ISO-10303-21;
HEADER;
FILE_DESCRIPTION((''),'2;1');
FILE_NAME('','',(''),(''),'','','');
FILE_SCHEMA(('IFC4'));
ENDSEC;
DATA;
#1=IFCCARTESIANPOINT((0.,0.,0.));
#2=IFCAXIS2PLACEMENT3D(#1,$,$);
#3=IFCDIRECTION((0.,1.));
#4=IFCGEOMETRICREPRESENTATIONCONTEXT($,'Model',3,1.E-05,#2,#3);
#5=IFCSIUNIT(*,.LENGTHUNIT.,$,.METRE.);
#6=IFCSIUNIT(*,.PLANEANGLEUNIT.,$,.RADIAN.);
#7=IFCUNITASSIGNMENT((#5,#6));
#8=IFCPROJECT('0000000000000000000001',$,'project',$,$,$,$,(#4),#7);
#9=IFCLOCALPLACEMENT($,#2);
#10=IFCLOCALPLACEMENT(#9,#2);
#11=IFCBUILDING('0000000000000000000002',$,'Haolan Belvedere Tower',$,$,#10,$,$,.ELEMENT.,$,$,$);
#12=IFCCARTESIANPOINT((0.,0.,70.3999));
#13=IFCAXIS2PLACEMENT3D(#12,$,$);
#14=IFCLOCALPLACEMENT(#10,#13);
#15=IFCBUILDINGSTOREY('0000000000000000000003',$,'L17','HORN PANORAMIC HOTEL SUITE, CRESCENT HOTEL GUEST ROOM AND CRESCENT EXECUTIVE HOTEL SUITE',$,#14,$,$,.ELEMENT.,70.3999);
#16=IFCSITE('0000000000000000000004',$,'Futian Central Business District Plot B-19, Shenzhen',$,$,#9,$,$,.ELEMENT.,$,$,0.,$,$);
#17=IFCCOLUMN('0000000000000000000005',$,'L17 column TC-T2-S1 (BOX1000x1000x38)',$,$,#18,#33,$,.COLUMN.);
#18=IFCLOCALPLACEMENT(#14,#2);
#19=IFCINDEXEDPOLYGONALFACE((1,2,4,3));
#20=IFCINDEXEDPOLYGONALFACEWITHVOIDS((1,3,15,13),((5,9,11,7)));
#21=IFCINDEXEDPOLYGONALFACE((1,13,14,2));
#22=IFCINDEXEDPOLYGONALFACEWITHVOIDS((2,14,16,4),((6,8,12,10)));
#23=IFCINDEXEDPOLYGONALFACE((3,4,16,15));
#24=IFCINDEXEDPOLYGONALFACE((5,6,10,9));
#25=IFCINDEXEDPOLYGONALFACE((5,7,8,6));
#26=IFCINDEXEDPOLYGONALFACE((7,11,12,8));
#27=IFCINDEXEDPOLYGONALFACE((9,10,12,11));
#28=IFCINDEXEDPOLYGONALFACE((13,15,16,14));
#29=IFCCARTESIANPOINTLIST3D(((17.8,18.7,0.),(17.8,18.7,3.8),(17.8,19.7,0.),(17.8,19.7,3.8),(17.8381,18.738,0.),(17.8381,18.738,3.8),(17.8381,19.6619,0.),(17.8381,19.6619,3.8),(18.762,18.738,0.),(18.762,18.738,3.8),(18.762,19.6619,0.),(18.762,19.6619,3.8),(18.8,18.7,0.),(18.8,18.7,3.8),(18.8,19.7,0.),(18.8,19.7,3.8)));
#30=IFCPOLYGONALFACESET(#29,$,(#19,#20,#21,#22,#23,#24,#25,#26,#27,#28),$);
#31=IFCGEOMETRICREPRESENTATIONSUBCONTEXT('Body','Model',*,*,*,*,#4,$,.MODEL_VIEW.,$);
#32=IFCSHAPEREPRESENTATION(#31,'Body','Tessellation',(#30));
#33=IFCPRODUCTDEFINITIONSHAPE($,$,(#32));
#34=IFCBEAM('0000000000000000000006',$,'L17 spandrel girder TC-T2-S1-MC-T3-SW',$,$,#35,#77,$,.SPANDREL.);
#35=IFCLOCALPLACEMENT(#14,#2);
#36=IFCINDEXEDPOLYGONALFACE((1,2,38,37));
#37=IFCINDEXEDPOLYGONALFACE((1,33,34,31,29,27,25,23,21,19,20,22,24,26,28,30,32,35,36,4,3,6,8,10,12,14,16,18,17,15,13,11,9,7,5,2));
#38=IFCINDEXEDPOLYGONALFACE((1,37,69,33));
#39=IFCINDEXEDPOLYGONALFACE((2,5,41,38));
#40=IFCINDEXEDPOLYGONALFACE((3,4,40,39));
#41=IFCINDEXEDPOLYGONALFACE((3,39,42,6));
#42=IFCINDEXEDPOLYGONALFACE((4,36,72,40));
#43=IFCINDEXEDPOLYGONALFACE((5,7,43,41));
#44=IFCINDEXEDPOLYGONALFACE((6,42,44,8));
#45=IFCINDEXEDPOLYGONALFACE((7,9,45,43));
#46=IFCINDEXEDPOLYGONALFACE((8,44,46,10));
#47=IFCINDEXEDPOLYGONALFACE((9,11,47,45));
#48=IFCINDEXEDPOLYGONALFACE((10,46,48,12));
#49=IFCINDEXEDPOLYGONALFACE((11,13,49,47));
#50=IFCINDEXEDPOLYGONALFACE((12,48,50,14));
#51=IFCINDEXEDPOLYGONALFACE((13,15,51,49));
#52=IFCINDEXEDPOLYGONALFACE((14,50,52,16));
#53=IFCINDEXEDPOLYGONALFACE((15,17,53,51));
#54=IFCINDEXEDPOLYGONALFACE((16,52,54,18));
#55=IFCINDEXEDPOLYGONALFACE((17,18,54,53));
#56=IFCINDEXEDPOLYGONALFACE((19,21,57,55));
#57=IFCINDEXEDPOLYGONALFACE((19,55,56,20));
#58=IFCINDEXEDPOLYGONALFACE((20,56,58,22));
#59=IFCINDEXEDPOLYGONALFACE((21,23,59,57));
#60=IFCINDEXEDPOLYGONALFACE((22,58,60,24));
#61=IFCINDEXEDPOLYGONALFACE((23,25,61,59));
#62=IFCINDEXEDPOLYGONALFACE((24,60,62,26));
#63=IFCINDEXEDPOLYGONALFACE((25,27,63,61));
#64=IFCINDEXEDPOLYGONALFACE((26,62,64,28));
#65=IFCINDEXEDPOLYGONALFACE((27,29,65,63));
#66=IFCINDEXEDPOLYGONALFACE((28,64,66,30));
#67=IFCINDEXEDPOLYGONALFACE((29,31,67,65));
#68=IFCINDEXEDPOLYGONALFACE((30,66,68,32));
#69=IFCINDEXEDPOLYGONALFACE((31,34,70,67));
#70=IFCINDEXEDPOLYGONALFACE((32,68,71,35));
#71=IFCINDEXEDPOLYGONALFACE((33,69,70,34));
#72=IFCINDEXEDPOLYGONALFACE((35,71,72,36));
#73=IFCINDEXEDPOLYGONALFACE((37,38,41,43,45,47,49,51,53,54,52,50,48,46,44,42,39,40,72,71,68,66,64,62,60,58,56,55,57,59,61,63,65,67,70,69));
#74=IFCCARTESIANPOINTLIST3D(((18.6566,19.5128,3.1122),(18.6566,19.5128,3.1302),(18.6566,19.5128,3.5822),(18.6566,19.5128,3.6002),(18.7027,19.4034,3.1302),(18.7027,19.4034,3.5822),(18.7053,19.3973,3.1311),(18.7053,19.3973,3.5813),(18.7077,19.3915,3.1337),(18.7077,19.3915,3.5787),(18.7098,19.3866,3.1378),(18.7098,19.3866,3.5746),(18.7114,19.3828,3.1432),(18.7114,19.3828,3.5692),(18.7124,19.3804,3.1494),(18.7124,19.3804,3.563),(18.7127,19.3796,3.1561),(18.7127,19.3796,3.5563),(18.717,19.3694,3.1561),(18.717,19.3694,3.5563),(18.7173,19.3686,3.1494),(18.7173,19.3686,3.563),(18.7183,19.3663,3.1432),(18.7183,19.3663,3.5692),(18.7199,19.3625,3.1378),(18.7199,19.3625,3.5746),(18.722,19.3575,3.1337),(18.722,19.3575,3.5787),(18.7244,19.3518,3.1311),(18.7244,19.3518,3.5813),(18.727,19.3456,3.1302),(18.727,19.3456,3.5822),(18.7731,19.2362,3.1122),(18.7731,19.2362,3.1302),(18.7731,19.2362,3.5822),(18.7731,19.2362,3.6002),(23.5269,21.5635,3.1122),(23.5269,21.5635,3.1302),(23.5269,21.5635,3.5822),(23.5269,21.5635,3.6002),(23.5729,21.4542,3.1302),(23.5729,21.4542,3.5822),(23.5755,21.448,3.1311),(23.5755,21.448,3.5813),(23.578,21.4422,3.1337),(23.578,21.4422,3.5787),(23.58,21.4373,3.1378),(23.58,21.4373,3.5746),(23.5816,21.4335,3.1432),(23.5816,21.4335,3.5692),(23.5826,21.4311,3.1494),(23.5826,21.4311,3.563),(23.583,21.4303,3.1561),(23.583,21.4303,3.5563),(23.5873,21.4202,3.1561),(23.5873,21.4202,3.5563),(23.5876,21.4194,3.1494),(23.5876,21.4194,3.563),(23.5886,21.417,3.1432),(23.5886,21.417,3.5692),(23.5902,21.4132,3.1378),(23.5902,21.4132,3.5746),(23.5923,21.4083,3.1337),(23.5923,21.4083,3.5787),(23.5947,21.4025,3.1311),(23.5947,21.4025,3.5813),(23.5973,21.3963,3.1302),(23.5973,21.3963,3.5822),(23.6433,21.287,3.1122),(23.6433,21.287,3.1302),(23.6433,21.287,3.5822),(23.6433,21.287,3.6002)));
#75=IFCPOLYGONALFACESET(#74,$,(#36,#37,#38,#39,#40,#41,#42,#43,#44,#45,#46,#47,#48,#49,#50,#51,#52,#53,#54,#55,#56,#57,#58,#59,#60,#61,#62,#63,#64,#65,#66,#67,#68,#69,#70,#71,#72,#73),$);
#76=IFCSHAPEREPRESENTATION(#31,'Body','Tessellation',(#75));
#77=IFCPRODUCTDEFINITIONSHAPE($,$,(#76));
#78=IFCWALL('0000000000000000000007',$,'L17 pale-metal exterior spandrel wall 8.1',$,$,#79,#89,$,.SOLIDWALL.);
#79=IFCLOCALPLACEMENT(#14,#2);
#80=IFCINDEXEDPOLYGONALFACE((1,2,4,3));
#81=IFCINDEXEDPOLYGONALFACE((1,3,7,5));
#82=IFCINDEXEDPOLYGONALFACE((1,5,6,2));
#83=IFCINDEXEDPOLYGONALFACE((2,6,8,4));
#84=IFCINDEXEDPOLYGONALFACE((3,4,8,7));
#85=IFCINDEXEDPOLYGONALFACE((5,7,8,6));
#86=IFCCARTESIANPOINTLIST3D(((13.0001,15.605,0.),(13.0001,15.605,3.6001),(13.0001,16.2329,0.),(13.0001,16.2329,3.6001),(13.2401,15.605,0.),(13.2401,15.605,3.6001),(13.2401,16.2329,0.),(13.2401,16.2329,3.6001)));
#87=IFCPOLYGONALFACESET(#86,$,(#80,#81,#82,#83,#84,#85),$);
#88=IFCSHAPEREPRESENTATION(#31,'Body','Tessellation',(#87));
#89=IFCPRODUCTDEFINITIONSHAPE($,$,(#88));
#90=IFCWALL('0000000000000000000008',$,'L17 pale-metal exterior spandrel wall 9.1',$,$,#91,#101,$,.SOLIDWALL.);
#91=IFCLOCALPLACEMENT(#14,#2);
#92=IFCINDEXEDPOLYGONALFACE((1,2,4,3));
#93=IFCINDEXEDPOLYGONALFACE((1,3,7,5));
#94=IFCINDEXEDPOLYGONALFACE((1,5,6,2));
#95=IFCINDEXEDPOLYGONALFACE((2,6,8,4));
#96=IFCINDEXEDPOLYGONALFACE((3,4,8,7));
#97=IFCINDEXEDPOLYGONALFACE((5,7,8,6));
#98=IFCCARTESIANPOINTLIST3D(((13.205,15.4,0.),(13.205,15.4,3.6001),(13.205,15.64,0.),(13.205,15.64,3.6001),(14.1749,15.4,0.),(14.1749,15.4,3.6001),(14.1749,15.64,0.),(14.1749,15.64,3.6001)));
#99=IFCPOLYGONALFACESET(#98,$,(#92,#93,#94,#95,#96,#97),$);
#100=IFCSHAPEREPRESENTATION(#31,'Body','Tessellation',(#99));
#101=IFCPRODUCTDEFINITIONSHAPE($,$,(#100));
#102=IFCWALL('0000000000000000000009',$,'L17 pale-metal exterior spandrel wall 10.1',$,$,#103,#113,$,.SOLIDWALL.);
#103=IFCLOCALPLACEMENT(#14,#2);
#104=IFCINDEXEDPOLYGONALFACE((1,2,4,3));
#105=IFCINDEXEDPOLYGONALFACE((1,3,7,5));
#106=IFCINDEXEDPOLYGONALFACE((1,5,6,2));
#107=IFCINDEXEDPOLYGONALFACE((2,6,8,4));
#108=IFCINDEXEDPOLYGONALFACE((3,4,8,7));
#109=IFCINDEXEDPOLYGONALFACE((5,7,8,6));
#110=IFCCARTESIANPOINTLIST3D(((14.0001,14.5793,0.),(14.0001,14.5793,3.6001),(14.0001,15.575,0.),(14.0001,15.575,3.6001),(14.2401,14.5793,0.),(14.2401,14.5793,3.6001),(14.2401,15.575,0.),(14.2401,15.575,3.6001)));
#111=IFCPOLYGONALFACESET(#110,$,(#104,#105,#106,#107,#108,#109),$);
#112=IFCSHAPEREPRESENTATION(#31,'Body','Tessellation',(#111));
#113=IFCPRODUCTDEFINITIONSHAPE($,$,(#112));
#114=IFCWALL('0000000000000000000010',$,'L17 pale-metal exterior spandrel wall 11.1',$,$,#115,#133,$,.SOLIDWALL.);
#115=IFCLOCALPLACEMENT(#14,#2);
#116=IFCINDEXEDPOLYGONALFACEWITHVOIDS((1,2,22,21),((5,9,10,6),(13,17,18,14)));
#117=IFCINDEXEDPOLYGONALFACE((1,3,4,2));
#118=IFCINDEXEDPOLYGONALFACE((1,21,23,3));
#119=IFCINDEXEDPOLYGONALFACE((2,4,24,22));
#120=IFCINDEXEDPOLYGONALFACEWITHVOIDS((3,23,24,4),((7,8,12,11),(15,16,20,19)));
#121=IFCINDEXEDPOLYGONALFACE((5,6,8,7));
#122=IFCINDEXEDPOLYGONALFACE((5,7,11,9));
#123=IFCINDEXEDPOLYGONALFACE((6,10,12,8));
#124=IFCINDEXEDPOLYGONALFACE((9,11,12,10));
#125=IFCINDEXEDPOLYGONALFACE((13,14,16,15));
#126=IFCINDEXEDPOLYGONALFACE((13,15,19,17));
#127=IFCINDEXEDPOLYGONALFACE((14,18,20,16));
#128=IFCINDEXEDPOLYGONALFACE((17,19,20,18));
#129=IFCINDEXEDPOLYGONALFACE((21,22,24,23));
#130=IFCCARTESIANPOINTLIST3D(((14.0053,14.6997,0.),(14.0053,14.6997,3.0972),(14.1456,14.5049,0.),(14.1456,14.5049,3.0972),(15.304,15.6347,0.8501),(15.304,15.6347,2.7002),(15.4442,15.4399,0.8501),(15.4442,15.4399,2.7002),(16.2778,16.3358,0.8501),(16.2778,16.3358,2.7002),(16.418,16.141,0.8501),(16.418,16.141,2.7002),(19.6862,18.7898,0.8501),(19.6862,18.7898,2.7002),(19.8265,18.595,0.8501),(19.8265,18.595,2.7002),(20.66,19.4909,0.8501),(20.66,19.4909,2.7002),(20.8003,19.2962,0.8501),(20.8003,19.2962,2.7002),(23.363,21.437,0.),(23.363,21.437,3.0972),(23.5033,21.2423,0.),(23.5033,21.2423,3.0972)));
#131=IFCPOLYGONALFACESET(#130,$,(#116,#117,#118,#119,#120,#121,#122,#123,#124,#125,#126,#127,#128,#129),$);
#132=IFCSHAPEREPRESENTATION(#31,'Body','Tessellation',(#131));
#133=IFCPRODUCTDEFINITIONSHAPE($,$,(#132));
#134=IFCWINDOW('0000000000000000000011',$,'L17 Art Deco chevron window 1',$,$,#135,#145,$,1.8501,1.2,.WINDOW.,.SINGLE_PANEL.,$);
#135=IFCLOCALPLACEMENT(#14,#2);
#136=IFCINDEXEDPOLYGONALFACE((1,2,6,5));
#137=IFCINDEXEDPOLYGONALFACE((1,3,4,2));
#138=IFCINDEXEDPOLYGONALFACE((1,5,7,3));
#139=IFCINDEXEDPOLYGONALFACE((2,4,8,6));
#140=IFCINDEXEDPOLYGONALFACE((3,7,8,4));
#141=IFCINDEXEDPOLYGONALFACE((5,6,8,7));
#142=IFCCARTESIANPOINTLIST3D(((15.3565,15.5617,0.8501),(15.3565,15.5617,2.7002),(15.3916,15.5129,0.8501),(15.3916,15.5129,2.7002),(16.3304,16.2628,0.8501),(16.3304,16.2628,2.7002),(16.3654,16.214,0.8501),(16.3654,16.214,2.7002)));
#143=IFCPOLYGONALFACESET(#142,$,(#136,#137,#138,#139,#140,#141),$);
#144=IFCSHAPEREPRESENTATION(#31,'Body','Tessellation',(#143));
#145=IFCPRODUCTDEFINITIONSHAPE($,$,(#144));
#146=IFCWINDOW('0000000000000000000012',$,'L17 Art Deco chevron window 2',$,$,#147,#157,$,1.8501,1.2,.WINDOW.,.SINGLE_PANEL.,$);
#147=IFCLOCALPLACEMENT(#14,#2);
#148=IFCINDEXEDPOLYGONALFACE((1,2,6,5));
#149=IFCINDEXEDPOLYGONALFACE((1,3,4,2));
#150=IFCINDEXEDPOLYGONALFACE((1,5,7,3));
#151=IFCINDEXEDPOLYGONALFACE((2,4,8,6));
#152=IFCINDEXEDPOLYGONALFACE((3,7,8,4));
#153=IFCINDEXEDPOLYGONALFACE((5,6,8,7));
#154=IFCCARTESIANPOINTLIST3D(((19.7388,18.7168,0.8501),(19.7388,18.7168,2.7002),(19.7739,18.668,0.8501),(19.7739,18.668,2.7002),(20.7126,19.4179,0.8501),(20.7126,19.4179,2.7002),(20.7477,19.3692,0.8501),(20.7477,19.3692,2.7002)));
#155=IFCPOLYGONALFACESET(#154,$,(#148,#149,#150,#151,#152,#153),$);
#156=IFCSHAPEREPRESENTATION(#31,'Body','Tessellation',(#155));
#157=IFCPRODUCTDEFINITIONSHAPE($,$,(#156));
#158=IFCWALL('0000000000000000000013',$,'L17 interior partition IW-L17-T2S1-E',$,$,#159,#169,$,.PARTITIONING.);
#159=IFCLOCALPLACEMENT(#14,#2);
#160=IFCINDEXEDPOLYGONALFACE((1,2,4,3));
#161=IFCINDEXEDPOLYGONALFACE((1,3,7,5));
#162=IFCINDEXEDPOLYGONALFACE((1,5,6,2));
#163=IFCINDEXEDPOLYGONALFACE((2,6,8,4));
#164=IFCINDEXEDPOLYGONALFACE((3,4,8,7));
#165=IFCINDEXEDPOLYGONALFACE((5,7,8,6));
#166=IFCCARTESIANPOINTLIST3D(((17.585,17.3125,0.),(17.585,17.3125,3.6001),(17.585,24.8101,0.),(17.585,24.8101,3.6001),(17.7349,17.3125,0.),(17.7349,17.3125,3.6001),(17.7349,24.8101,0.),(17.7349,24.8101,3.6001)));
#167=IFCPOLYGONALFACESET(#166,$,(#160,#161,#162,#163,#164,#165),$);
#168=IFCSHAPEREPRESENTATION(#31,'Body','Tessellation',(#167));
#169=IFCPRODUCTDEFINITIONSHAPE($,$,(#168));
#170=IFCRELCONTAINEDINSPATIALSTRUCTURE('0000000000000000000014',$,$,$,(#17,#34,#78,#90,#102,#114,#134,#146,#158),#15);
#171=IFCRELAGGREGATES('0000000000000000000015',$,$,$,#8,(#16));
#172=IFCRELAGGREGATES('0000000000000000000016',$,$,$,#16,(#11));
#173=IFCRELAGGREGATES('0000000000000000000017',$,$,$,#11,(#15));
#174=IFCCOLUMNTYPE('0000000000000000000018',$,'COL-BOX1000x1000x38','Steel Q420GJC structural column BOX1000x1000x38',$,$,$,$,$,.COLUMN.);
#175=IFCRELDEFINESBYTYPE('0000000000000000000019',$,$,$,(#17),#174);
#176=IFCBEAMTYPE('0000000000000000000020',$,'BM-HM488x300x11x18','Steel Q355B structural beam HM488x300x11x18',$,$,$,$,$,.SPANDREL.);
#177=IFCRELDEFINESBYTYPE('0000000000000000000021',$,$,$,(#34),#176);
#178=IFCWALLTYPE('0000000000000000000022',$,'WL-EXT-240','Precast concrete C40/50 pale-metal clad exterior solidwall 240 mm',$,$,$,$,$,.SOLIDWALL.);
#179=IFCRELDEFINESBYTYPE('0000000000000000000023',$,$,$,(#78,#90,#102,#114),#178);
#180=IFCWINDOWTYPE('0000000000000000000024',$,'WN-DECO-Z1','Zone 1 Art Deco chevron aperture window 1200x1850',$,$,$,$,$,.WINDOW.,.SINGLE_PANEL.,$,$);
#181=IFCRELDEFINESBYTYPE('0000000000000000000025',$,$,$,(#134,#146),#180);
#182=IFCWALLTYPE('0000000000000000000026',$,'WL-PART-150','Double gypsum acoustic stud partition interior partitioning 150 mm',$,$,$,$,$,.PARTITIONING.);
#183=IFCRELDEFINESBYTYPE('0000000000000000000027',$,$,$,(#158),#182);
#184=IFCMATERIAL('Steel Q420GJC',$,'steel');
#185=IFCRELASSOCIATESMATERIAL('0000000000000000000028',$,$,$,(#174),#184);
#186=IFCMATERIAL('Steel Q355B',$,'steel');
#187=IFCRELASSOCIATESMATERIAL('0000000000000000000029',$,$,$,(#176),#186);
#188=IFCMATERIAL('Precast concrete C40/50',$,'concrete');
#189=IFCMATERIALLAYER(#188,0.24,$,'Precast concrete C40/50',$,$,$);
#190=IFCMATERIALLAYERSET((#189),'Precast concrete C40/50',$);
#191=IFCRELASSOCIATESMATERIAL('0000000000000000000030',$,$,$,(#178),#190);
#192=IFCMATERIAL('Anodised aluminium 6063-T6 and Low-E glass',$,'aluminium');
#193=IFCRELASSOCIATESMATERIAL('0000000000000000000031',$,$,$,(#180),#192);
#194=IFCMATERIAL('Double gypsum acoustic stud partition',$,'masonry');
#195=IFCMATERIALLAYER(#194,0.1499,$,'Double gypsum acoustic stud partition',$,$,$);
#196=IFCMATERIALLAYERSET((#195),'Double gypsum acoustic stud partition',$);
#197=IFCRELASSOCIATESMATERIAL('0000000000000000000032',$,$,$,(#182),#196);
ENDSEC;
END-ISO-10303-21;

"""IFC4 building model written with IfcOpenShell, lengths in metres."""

from ifc_helpers import new_model, si_unit, direction, frame, frame_2d, origin, origin_2d, place, context, subcontext, project, spatial, rectangle, hollow_rectangle, i_section, extrude, material, layer, layer_set, material_profile, profile_set, type_object, element, fill, save


model = new_model("IFC4")

# Units and contexts
model_context = context("Model", 3, precision=1e-05, world=origin(), true_north=direction((0.0, 1.0)))
body_context = subcontext(model_context, "Body", "Model", "MODEL_VIEW")
ifc_project = project(units=[si_unit("LENGTHUNIT", "METRE"), si_unit("PLANEANGLEUNIT", "RADIAN")], contexts=[model_context])

# Site, building, storey
site_placement = place(None, origin())
site = spatial("IfcSite", under=ifc_project, at=site_placement, Name="Futian Central Business District Plot B-19, Shenzhen", CompositionType="ELEMENT", RefElevation=0.0)
building_placement = place(site_placement, origin())
building = spatial("IfcBuilding", under=site, at=building_placement, Name="Haolan Belvedere Tower", CompositionType="ELEMENT")
storey_placement = place(building_placement, frame((0.0, 0.0, 70.3999)))
storey = spatial("IfcBuildingStorey", under=building, at=storey_placement, Name="L17", Description="HORN PANORAMIC HOTEL SUITE, CRESCENT HOTEL GUEST ROOM AND CRESCENT EXECUTIVE HOTEL SUITE", CompositionType="ELEMENT", Elevation=70.3999)

# Column
ifc_material_1 = material(Name="Steel Q420GJC", Category="steel")
ifc_material_profile_1 = material_profile(ifc_material_1, hollow_rectangle(XDim=1.0, YDim=1.0, WallThickness=0.0381, at=origin_2d()), Name="Steel Q420GJC")
ifc_profile_set_1 = profile_set([ifc_material_profile_1], Name="Steel Q420GJC")
column_type = type_object("IfcColumnType", Name="COL-BOX1000x1000x38", Description="Steel Q420GJC structural column BOX1000x1000x38", PredefinedType="COLUMN", material=ifc_profile_set_1)
column_placement = place(storey_placement, frame((18.3, 19.2, 0.0), z_axis=(0.0, 0.0, 1.0), x_axis=(1.0, 0.0, 0.0)))
element("IfcColumn", 1, at=column_placement, inside=storey, type_object=column_type, Name="L17 column TC-T2-S1 (BOX1000x1000x38)", PredefinedType="COLUMN", context=body_context, shape_type="SweptSolid", body=[
    extrude(hollow_rectangle(XDim=1.0, YDim=1.0, WallThickness=0.0381, at=origin_2d()), origin(), (0.0, 0.0, 1.0), 3.8),
])

# Beam
ifc_material_2 = material(Name="Steel Q355B", Category="steel")
ifc_material_profile_2 = material_profile(ifc_material_2, i_section(OverallWidth=0.3, OverallDepth=0.488, WebThickness=0.011, FlangeThickness=0.0181, FilletRadius=0.0259, at=origin_2d()), Name="Steel Q355B")
ifc_profile_set_2 = profile_set([ifc_material_profile_2], Name="Steel Q355B")
beam_type = type_object("IfcBeamType", Name="BM-HM488x300x11x18", Description="Steel Q355B structural beam HM488x300x11x18", PredefinedType="SPANDREL", material=ifc_profile_set_2)
beam_placement = place(storey_placement, frame((18.7148, 19.3745, 3.3562), z_axis=(0.921628, 0.388074, 0.0), x_axis=(-0.388074, 0.921628, 0.0)))
element("IfcBeam", 2, at=beam_placement, inside=storey, type_object=beam_type, Name="L17 spandrel girder TC-T2-S1-MC-T3-SW", PredefinedType="SPANDREL", context=body_context, shape_type="SweptSolid", body=[
    extrude(i_section(OverallWidth=0.3, OverallDepth=0.488, WebThickness=0.011, FlangeThickness=0.0181, FilletRadius=0.0259, at=origin_2d()), origin(), (0.0, 0.0, 1.0), 5.2844),
])

# Walls
ifc_material_3 = material(Name="Precast concrete C40/50", Category="concrete")
ifc_layer_1 = layer(ifc_material_3, 0.24, Name="Precast concrete C40/50")
ifc_layer_set_1 = layer_set([ifc_layer_1], Name="Precast concrete C40/50")
wall_type_1 = type_object("IfcWallType", Name="WL-EXT-240", Description="Precast concrete C40/50 pale-metal clad exterior solidwall 240 mm", PredefinedType="SOLIDWALL", material=ifc_layer_set_1)
wall_1_placement = place(storey_placement, frame((13.1201, 16.2329, 0.0), z_axis=(0.0, 0.0, 1.0), x_axis=(0.0, -1.0, 0.0)))
element("IfcWall", 3, at=wall_1_placement, inside=storey, type_object=wall_type_1, Name="L17 pale-metal exterior spandrel wall 8.1", PredefinedType="SOLIDWALL", context=body_context, shape_type="SweptSolid", body=[
    extrude(rectangle(XDim=0.6279, YDim=0.24, at=frame_2d((0.314, 0.0))), origin(), (0.0, 0.0, 1.0), 3.6001),
])
wall_2_placement = place(storey_placement, frame((13.2051, 15.52, 0.0), z_axis=(0.0, 0.0, 1.0), x_axis=(1.0, 0.0, 0.0)))
element("IfcWall", 4, at=wall_2_placement, inside=storey, type_object=wall_type_1, Name="L17 pale-metal exterior spandrel wall 9.1", PredefinedType="SOLIDWALL", context=body_context, shape_type="SweptSolid", body=[
    extrude(rectangle(XDim=0.97, YDim=0.24, at=frame_2d((0.4849, 0.0))), origin(), (0.0, 0.0, 1.0), 3.6001),
])
wall_3_placement = place(storey_placement, frame((14.1201, 15.575, 0.0), z_axis=(0.0, 0.0, 1.0), x_axis=(0.0, -1.0, 0.0)))
element("IfcWall", 5, at=wall_3_placement, inside=storey, type_object=wall_type_1, Name="L17 pale-metal exterior spandrel wall 10.1", PredefinedType="SOLIDWALL", context=body_context, shape_type="SweptSolid", body=[
    extrude(rectangle(XDim=0.9956, YDim=0.24, at=frame_2d((0.4978, 0.0))), origin(), (0.0, 0.0, 1.0), 3.6001),
])

# Wall, openings, windows
wall_4_placement = place(storey_placement, frame((14.0754, 14.6023, 0.0), z_axis=(0.0, 0.0, 1.0), x_axis=(0.811543, 0.584292, 0.0)))
wall_4 = element("IfcWall", 6, at=wall_4_placement, inside=storey, type_object=wall_type_1, Name="L17 pale-metal exterior spandrel wall 11.1", PredefinedType="SOLIDWALL", context=body_context, shape_type="SweptSolid", body=[
    extrude(rectangle(XDim=11.5308, YDim=0.24, at=frame_2d((5.7654, 0.0))), origin(), (0.0, 0.0, 1.0), 3.0972),
])
opening_1_placement = place(wall_4_placement, frame((1.6001, 0.0, 0.8501)))
opening_1 = element("IfcOpeningElement", 7, at=opening_1_placement, cuts=wall_4, PredefinedType="OPENING", context=body_context, shape_type="SweptSolid", body=[
    extrude(rectangle(XDim=1.2, YDim=1.8501, at=frame_2d((0.6001, 0.925))), frame((0.0, 0.1299, 0.0), z_axis=(0.0, -1.0, 0.0), x_axis=(1.0, 0.0, 0.0)), (0.0, 0.0, 1.0), 0.26),
])
opening_2_placement = place(wall_4_placement, frame((7.0, 0.0, 0.8501)))
opening_2 = element("IfcOpeningElement", 8, at=opening_2_placement, cuts=wall_4, PredefinedType="OPENING", context=body_context, shape_type="SweptSolid", body=[
    extrude(rectangle(XDim=1.2, YDim=1.8501, at=frame_2d((0.6001, 0.925))), frame((0.0, 0.1299, 0.0), z_axis=(0.0, -1.0, 0.0), x_axis=(1.0, 0.0, 0.0)), (0.0, 0.0, 1.0), 0.26),
])
ifc_material_4 = material(Name="Anodised aluminium 6063-T6 and Low-E glass", Category="aluminium")
window_type = type_object("IfcWindowType", Name="WN-DECO-Z1", Description="Zone 1 Art Deco chevron aperture window 1200x1850", PartitioningType="SINGLE_PANEL", PredefinedType="WINDOW", material=ifc_material_4)
window_1_placement = place(opening_1_placement, origin())
window_1 = element("IfcWindow", 9, at=window_1_placement, inside=storey, type_object=window_type, Name="L17 Art Deco chevron window 1", OverallHeight=1.8501, OverallWidth=1.2, PartitioningType="SINGLE_PANEL", PredefinedType="WINDOW", context=body_context, shape_type="SweptSolid", body=[
    extrude(rectangle(XDim=1.2, YDim=1.8501, at=frame_2d((0.6001, 0.925))), frame((0.0, 0.03, 0.0), z_axis=(0.0, -1.0, 0.0), x_axis=(1.0, 0.0, 0.0)), (0.0, 0.0, 1.0), 0.0601),
])
fill(opening_1, window_1)
window_2_placement = place(opening_2_placement, origin())
window_2 = element("IfcWindow", 10, at=window_2_placement, inside=storey, type_object=window_type, Name="L17 Art Deco chevron window 2", OverallHeight=1.8501, OverallWidth=1.2, PartitioningType="SINGLE_PANEL", PredefinedType="WINDOW", context=body_context, shape_type="SweptSolid", body=[
    extrude(rectangle(XDim=1.2, YDim=1.8501, at=frame_2d((0.6001, 0.925))), frame((0.0, 0.03, 0.0), z_axis=(0.0, -1.0, 0.0), x_axis=(1.0, 0.0, 0.0)), (0.0, 0.0, 1.0), 0.0601),
])
fill(opening_2, window_2)

# Wall
ifc_material_5 = material(Name="Double gypsum acoustic stud partition", Category="masonry")
ifc_layer_2 = layer(ifc_material_5, 0.1499, Name="Double gypsum acoustic stud partition")
ifc_layer_set_2 = layer_set([ifc_layer_2], Name="Double gypsum acoustic stud partition")
wall_type_2 = type_object("IfcWallType", Name="WL-PART-150", Description="Double gypsum acoustic stud partition interior partitioning 150 mm", PredefinedType="PARTITIONING", material=ifc_layer_set_2)
wall_5_placement = place(storey_placement, frame((17.6599, 17.3125, 0.0), z_axis=(0.0, 0.0, 1.0), x_axis=(0.0, 1.0, 0.0)))
element("IfcWall", 11, at=wall_5_placement, inside=storey, type_object=wall_type_2, Name="L17 interior partition IW-L17-T2S1-E", PredefinedType="PARTITIONING", context=body_context, shape_type="SweptSolid", body=[
    extrude(rectangle(XDim=7.4976, YDim=0.1499, at=frame_2d((3.7488, 0.0))), origin(), (0.0, 0.0, 1.0), 3.6001),
])

save(model, "model.ifc")
